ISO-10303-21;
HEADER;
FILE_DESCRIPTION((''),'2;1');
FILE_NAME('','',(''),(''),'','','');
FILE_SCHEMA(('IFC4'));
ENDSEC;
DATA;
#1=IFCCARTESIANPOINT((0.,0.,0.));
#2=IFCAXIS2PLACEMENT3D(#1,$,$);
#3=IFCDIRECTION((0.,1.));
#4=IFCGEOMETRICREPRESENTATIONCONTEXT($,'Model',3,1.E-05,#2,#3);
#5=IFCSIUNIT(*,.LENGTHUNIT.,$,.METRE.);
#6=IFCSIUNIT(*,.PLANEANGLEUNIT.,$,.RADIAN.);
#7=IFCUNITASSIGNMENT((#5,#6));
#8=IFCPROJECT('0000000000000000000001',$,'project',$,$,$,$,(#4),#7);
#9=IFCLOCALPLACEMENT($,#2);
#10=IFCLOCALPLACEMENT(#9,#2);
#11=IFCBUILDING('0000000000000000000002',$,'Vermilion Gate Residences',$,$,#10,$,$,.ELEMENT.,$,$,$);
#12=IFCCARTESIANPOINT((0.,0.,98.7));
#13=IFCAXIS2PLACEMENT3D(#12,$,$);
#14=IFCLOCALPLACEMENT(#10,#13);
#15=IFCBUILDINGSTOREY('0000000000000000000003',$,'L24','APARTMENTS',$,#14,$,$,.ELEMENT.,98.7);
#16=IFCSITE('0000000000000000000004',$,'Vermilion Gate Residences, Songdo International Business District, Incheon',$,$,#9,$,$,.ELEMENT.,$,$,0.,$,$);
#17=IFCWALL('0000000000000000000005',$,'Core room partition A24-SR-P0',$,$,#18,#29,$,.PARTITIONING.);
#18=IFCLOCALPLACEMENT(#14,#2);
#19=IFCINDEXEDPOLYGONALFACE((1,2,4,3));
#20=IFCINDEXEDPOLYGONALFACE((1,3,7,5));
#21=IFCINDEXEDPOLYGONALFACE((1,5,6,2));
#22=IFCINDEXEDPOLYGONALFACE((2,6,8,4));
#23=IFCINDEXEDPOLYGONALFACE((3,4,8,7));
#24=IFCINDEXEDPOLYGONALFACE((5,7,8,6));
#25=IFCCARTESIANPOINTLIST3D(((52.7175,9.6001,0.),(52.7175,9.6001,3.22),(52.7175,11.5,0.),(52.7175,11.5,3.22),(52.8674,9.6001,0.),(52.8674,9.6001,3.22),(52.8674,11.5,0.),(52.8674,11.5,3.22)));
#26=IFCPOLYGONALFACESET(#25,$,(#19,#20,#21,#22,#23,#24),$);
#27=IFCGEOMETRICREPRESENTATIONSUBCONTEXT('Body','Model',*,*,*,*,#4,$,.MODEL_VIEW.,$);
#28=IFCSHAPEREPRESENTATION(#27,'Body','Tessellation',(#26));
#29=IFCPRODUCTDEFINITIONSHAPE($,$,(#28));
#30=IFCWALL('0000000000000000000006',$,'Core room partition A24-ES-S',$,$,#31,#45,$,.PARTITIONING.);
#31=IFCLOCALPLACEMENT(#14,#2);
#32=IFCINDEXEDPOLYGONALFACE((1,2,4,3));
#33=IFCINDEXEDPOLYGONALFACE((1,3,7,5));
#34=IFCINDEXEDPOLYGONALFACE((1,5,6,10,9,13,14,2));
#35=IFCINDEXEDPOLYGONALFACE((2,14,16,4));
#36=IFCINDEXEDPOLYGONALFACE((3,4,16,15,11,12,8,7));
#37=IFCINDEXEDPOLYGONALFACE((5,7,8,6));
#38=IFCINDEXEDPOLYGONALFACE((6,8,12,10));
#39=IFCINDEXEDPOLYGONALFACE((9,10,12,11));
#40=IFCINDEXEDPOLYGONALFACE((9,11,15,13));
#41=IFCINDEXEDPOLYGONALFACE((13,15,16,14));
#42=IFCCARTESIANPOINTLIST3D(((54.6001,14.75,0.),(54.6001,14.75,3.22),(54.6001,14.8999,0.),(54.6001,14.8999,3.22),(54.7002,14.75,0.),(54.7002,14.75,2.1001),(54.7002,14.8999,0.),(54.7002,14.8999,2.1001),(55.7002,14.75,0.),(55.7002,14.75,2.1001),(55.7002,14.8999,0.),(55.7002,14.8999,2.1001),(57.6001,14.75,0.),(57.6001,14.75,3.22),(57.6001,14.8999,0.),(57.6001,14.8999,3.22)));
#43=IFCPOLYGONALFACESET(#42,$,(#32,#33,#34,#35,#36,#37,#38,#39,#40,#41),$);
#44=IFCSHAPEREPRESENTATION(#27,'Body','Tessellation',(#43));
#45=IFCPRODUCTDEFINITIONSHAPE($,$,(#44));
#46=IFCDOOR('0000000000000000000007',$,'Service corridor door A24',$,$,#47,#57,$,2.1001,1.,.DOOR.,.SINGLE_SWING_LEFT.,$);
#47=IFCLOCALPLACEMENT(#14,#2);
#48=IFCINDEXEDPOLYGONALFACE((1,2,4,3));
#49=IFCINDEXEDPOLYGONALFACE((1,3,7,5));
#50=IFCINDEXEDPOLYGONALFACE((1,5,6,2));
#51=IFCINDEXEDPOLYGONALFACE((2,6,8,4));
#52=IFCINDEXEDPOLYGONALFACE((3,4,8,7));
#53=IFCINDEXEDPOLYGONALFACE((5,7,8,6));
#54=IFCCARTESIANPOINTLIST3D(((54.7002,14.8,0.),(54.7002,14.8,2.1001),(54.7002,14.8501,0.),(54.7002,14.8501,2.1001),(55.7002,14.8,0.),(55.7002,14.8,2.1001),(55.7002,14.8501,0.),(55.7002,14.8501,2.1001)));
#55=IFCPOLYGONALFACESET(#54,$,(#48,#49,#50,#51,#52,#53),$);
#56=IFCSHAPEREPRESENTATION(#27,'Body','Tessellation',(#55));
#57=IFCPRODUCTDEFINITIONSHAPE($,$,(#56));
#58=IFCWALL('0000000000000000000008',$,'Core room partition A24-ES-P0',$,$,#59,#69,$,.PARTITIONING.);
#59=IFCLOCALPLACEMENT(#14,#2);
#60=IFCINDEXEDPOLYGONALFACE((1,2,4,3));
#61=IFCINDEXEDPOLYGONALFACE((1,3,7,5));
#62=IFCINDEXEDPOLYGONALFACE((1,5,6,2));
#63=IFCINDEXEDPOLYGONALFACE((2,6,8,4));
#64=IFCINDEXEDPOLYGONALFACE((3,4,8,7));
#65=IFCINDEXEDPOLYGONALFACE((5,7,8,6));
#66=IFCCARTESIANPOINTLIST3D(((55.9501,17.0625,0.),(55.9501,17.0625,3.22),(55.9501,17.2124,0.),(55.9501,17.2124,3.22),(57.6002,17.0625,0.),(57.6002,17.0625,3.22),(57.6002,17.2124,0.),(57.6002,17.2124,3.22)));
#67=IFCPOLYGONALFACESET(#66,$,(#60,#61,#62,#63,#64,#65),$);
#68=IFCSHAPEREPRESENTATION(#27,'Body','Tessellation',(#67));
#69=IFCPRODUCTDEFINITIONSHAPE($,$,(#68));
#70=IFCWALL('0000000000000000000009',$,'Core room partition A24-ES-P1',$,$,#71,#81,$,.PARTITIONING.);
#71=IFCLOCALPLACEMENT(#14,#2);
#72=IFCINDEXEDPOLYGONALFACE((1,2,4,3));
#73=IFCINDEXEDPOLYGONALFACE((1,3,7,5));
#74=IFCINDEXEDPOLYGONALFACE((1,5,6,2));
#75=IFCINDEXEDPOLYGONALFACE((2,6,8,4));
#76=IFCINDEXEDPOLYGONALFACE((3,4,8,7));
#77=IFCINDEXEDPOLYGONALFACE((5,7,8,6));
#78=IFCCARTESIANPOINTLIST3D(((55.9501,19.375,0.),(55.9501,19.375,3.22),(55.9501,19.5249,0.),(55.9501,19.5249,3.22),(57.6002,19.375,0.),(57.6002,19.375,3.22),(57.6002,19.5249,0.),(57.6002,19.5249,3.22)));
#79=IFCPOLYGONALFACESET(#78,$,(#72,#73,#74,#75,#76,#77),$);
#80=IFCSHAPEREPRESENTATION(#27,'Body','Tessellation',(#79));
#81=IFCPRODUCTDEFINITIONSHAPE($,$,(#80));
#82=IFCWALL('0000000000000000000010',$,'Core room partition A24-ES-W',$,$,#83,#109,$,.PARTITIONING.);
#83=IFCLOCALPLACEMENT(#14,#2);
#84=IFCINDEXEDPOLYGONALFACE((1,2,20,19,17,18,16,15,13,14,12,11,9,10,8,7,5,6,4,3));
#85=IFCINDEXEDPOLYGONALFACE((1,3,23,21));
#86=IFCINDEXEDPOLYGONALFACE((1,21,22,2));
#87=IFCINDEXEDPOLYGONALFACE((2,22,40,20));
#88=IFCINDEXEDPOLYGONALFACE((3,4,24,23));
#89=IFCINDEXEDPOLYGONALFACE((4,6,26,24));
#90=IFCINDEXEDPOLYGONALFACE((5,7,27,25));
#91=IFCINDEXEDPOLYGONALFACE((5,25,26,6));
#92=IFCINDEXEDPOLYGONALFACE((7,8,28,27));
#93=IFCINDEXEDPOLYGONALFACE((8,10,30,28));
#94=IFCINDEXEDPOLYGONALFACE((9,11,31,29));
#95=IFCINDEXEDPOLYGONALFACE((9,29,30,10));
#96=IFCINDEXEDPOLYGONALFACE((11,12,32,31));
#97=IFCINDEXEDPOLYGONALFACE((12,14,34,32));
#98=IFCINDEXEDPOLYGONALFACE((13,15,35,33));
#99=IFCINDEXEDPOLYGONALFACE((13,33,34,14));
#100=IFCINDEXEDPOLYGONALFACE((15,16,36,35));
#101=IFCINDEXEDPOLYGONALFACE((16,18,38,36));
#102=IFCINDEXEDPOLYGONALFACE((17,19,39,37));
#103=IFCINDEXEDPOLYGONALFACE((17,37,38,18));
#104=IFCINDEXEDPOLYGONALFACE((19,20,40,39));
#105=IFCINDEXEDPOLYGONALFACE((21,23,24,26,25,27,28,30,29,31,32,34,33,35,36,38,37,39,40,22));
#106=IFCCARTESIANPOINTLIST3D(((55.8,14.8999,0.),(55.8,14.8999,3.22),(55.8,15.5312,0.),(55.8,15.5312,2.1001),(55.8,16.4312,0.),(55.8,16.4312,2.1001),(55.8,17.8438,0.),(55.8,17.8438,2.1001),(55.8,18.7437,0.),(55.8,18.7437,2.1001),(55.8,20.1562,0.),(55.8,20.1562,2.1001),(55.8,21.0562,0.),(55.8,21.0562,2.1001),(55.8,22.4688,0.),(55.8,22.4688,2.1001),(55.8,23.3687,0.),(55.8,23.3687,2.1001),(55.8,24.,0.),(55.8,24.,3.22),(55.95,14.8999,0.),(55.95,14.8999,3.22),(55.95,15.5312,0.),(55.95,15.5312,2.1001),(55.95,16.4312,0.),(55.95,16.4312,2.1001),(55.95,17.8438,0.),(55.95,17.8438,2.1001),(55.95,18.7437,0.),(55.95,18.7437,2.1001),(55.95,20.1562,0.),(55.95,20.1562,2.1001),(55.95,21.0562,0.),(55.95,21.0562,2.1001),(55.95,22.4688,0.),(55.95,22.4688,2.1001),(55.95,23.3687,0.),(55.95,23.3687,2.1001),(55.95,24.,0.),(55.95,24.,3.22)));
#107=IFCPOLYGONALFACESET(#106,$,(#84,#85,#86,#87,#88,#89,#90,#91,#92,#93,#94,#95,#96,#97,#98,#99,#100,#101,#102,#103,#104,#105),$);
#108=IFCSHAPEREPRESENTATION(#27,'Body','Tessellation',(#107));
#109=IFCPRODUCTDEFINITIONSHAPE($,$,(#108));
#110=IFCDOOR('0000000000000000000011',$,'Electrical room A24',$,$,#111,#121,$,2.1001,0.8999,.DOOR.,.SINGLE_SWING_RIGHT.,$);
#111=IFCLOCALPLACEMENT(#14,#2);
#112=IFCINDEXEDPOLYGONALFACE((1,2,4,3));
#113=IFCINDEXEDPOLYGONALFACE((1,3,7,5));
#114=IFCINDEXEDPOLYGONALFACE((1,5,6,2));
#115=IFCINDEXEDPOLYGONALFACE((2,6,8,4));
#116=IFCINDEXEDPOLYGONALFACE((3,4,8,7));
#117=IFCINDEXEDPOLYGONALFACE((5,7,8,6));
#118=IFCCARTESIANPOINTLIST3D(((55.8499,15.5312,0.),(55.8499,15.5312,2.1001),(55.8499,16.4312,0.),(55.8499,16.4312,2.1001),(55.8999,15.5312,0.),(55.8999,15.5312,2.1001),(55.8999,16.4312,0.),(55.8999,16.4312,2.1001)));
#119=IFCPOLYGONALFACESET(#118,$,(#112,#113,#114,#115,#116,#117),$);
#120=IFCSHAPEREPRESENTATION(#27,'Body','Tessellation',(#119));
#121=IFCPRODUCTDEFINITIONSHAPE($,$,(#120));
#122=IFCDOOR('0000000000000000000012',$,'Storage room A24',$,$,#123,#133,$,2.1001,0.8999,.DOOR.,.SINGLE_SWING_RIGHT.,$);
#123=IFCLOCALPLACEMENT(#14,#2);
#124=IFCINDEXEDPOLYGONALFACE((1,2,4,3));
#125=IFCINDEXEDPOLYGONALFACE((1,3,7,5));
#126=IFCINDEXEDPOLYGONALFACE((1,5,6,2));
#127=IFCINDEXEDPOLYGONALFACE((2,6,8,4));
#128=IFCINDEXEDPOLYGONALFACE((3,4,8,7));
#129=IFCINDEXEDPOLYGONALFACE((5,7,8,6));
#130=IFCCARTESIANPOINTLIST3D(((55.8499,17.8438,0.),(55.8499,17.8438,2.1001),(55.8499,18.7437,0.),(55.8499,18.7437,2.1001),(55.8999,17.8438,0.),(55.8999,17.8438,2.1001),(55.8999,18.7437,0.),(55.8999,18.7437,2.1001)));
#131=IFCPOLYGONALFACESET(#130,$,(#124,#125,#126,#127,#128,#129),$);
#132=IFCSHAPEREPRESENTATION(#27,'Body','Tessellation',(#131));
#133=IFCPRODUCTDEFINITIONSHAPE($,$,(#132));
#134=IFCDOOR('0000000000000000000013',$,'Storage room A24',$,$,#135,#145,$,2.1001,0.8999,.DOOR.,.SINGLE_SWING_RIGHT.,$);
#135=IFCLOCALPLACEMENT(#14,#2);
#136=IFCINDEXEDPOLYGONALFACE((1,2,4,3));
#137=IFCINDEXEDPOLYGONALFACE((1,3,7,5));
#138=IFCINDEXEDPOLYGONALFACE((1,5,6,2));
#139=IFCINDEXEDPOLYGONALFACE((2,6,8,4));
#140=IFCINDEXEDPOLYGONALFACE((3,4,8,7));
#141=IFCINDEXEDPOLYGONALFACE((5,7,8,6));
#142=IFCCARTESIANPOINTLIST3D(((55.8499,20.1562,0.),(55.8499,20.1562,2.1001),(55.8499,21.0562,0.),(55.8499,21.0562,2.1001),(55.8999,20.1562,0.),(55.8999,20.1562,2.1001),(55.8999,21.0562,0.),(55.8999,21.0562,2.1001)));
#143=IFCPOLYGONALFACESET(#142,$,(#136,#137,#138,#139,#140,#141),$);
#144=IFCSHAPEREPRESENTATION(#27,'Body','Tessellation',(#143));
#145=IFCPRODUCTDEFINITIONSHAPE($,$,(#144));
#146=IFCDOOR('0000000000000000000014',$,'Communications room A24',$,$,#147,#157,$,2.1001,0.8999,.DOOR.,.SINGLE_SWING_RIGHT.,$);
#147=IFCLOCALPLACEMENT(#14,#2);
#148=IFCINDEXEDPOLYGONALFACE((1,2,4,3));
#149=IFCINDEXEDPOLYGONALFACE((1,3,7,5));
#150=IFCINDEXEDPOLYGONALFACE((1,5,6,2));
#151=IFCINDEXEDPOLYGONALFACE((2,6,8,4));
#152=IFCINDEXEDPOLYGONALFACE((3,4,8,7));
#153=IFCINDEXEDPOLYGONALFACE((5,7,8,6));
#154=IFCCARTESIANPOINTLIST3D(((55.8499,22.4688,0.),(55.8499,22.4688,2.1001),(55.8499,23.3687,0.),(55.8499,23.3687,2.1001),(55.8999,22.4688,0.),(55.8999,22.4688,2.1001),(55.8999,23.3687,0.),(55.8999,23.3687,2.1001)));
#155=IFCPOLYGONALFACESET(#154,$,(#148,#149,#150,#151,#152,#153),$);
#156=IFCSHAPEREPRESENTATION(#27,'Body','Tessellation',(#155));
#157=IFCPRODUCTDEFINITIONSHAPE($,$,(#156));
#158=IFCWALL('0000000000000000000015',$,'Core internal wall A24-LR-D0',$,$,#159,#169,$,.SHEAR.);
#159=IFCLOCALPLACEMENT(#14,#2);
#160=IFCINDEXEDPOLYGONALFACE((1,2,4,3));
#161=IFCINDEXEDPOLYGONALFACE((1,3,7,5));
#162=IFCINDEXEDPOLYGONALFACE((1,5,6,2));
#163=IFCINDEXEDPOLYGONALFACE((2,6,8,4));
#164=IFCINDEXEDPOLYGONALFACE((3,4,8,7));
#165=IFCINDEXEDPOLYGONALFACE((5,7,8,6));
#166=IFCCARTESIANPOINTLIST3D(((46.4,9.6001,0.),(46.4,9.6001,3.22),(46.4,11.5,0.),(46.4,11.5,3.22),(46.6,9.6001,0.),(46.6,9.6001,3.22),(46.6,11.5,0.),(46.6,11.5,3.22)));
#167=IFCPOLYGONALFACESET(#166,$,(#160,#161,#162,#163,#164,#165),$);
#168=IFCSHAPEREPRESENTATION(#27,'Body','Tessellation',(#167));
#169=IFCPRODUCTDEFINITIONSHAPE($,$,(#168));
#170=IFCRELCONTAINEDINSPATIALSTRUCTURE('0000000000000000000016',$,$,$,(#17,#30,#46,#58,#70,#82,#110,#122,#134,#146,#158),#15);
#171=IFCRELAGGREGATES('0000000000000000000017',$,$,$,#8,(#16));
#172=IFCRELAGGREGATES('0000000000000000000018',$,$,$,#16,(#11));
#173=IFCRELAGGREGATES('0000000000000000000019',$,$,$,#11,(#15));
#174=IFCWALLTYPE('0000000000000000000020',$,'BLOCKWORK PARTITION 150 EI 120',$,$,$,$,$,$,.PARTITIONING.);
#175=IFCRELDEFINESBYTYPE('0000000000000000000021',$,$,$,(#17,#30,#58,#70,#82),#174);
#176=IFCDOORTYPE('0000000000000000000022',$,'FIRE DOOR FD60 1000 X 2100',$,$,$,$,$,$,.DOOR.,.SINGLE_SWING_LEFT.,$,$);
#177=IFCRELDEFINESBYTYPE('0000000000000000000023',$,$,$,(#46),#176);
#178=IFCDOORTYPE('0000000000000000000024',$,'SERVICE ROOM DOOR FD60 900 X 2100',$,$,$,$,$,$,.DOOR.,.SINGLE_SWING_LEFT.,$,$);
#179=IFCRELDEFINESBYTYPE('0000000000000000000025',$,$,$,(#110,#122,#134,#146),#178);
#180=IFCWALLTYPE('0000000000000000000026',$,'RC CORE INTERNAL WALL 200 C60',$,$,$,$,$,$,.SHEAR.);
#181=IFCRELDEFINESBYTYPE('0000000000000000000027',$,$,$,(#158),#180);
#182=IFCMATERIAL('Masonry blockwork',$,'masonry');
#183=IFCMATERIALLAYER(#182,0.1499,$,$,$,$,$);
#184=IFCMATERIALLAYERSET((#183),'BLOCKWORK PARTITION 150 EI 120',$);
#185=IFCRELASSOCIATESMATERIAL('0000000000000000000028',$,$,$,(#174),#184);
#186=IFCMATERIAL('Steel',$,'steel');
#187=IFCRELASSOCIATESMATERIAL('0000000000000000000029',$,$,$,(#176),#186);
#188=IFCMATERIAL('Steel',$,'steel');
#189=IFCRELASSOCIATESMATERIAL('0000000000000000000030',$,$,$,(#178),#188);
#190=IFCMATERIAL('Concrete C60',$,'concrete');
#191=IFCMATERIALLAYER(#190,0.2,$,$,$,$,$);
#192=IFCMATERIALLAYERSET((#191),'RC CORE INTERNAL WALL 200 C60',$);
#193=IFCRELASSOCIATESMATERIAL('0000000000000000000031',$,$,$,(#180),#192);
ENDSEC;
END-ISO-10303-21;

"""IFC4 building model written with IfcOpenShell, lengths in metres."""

from ifc_helpers import new_model, si_unit, direction, frame, frame_2d, origin, place, context, subcontext, project, spatial, rectangle, extrude, material, layer, layer_set, type_object, element, fill, save


model = new_model("IFC4")

# Units and contexts
model_context = context("Model", 3, precision=1e-05, world=origin(), true_north=direction((0.0, 1.0)))
body_context = subcontext(model_context, "Body", "Model", "MODEL_VIEW")
ifc_project = project(units=[si_unit("LENGTHUNIT", "METRE"), si_unit("PLANEANGLEUNIT", "RADIAN")], contexts=[model_context])

# Site, building, storey
site_placement = place(None, origin())
site = spatial("IfcSite", under=ifc_project, at=site_placement, Name="Vermilion Gate Residences, Songdo International Business District, Incheon", CompositionType="ELEMENT", RefElevation=0.0)
building_placement = place(site_placement, origin())
building = spatial("IfcBuilding", under=site, at=building_placement, Name="Vermilion Gate Residences", CompositionType="ELEMENT")
storey_placement = place(building_placement, frame((0.0, 0.0, 98.7)))
storey = spatial("IfcBuildingStorey", under=building, at=storey_placement, Name="L24", Description="APARTMENTS", CompositionType="ELEMENT", Elevation=98.7)

# Wall
ifc_material_1 = material(Name="Masonry blockwork", Category="masonry")
ifc_layer_1 = layer(ifc_material_1, 0.1499)
ifc_layer_set_1 = layer_set([ifc_layer_1], Name="BLOCKWORK PARTITION 150 EI 120")
wall_type_1 = type_object("IfcWallType", Name="BLOCKWORK PARTITION 150 EI 120", PredefinedType="PARTITIONING", material=ifc_layer_set_1)
wall_1_placement = place(storey_placement, frame((52.7925, 9.6001, 0.0), z_axis=(0.0, 0.0, 1.0), x_axis=(0.0, 1.0, 0.0)))
element("IfcWall", 1, at=wall_1_placement, inside=storey, type_object=wall_type_1, Name="Core room partition A24-SR-P0", PredefinedType="PARTITIONING", context=body_context, shape_type="SweptSolid", body=[
    extrude(rectangle(XDim=1.8999, YDim=0.1499, at=frame_2d((0.95, 0.0))), origin(), (0.0, 0.0, 1.0), 3.22),
])

# Wall, opening, door
wall_2_placement = place(storey_placement, frame((54.6001, 14.825, 0.0), z_axis=(0.0, 0.0, 1.0), x_axis=(1.0, 0.0, 0.0)))
wall_2 = element("IfcWall", 2, at=wall_2_placement, inside=storey, type_object=wall_type_1, Name="Core room partition A24-ES-S", PredefinedType="PARTITIONING", context=body_context, shape_type="SweptSolid", body=[
    extrude(rectangle(XDim=3.0, YDim=0.1499, at=frame_2d((1.5, 0.0))), origin(), (0.0, 0.0, 1.0), 3.22),
])
opening_1_placement = place(wall_2_placement, frame((0.1001, 0.0, 0.0)))
opening_1 = element("IfcOpeningElement", 3, at=opening_1_placement, cuts=wall_2, PredefinedType="OPENING", context=body_context, shape_type="SweptSolid", body=[
    extrude(rectangle(XDim=1.0, YDim=2.1001, at=frame_2d((0.5, 1.05))), frame((0.0, 0.085, 0.0), z_axis=(0.0, -1.0, 0.0), x_axis=(1.0, 0.0, 0.0)), (0.0, 0.0, 1.0), 0.1699),
])
ifc_material_2 = material(Name="Steel", Category="steel")
door_type_1 = type_object("IfcDoorType", Name="FIRE DOOR FD60 1000 X 2100", OperationType="SINGLE_SWING_LEFT", PredefinedType="DOOR", material=ifc_material_2)
door_1_placement = place(opening_1_placement, frame((1.0, 0.0, 0.0), z_axis=(0.0, 0.0, 1.0), x_axis=(-1.0, 0.0, 0.0)))
door_1 = element("IfcDoor", 4, at=door_1_placement, inside=storey, type_object=door_type_1, Name="Service corridor door A24", OperationType="SINGLE_SWING_LEFT", OverallHeight=2.1001, OverallWidth=1.0, PredefinedType="DOOR", context=body_context, shape_type="SweptSolid", body=[
    extrude(rectangle(XDim=1.0, YDim=2.1001, at=frame_2d((0.5, 1.05))), frame((0.0, 0.0249, 0.0), z_axis=(0.0, -1.0, 0.0), x_axis=(1.0, 0.0, 0.0)), (0.0, 0.0, 1.0), 0.05),
])
fill(opening_1, door_1)

# Walls
for number, where, z_axis, x_axis, name in (
    (5, (55.95, 17.1375, 0.0), (0.0, 0.0, 1.0), (1.0, 0.0, 0.0), "Core room partition A24-ES-P0"),
    (6, (55.95, 19.45, 0.0), (0.0, 0.0, 1.0), (1.0, 0.0, 0.0), "Core room partition A24-ES-P1"),
):
    element("IfcWall", number, at=place(storey_placement, frame(where, z_axis=z_axis, x_axis=x_axis)), inside=storey, type_object=wall_type_1, Name=name, PredefinedType="PARTITIONING", context=body_context, shape_type="SweptSolid", body=[
        extrude(rectangle(XDim=1.6501, YDim=0.1499, at=frame_2d((0.8252, 0.0))), origin(), (0.0, 0.0, 1.0), 3.22),
    ])

# Wall, openings, doors
wall_3_placement = place(storey_placement, frame((55.875, 14.8999, 0.0), z_axis=(0.0, 0.0, 1.0), x_axis=(0.0, 1.0, 0.0)))
wall_3 = element("IfcWall", 7, at=wall_3_placement, inside=storey, type_object=wall_type_1, Name="Core room partition A24-ES-W", PredefinedType="PARTITIONING", context=body_context, shape_type="SweptSolid", body=[
    extrude(rectangle(XDim=9.1001, YDim=0.1499, at=frame_2d((4.55, 0.0))), origin(), (0.0, 0.0, 1.0), 3.22),
])
opening_2_placement = place(wall_3_placement, frame((0.6313, 0.0, 0.0)))
opening_2 = element("IfcOpeningElement", 8, at=opening_2_placement, cuts=wall_3, PredefinedType="OPENING", context=body_context, shape_type="SweptSolid", body=[
    extrude(rectangle(XDim=0.8999, YDim=2.1001, at=frame_2d((0.45, 1.05))), frame((0.0, 0.085, 0.0), z_axis=(0.0, -1.0, 0.0), x_axis=(1.0, 0.0, 0.0)), (0.0, 0.0, 1.0), 0.1699),
])
opening_3_placement = place(wall_3_placement, frame((2.9438, 0.0, 0.0)))
opening_3 = element("IfcOpeningElement", 9, at=opening_3_placement, cuts=wall_3, PredefinedType="OPENING", context=body_context, shape_type="SweptSolid", body=[
    extrude(rectangle(XDim=0.8999, YDim=2.1001, at=frame_2d((0.45, 1.05))), frame((0.0, 0.085, 0.0), z_axis=(0.0, -1.0, 0.0), x_axis=(1.0, 0.0, 0.0)), (0.0, 0.0, 1.0), 0.1699),
])
opening_4_placement = place(wall_3_placement, frame((5.2563, 0.0, 0.0)))
opening_4 = element("IfcOpeningElement", 10, at=opening_4_placement, cuts=wall_3, PredefinedType="OPENING", context=body_context, shape_type="SweptSolid", body=[
    extrude(rectangle(XDim=0.8999, YDim=2.1001, at=frame_2d((0.45, 1.05))), frame((0.0, 0.085, 0.0), z_axis=(0.0, -1.0, 0.0), x_axis=(1.0, 0.0, 0.0)), (0.0, 0.0, 1.0), 0.1699),
])
opening_5_placement = place(wall_3_placement, frame((7.5688, 0.0, 0.0)))
opening_5 = element("IfcOpeningElement", 11, at=opening_5_placement, cuts=wall_3, PredefinedType="OPENING", context=body_context, shape_type="SweptSolid", body=[
    extrude(rectangle(XDim=0.8999, YDim=2.1001, at=frame_2d((0.45, 1.05))), frame((0.0, 0.085, 0.0), z_axis=(0.0, -1.0, 0.0), x_axis=(1.0, 0.0, 0.0)), (0.0, 0.0, 1.0), 0.1699),
])
ifc_material_3 = material(Name="Steel", Category="steel")
door_type_2 = type_object("IfcDoorType", Name="SERVICE ROOM DOOR FD60 900 X 2100", OperationType="SINGLE_SWING_LEFT", PredefinedType="DOOR", material=ifc_material_3)
door_2_placement = place(opening_2_placement, frame((0.8999, 0.0, 0.0), z_axis=(0.0, 0.0, 1.0), x_axis=(-1.0, 0.0, 0.0)))
door_2 = element("IfcDoor", 12, at=door_2_placement, inside=storey, type_object=door_type_2, Name="Electrical room A24", OperationType="SINGLE_SWING_RIGHT", OverallHeight=2.1001, OverallWidth=0.8999, PredefinedType="DOOR", context=body_context, shape_type="SweptSolid", body=[
    extrude(rectangle(XDim=0.8999, YDim=2.1001, at=frame_2d((0.45, 1.05))), frame((0.0, 0.0249, 0.0), z_axis=(0.0, -1.0, 0.0), x_axis=(1.0, 0.0, 0.0)), (0.0, 0.0, 1.0), 0.05),
])
fill(opening_2, door_2)
door_3_placement = place(opening_3_placement, frame((0.8999, 0.0, 0.0), z_axis=(0.0, 0.0, 1.0), x_axis=(-1.0, 0.0, 0.0)))
door_3 = element("IfcDoor", 13, at=door_3_placement, inside=storey, type_object=door_type_2, Name="Storage room A24", OperationType="SINGLE_SWING_RIGHT", OverallHeight=2.1001, OverallWidth=0.8999, PredefinedType="DOOR", context=body_context, shape_type="SweptSolid", body=[
    extrude(rectangle(XDim=0.8999, YDim=2.1001, at=frame_2d((0.45, 1.05))), frame((0.0, 0.0249, 0.0), z_axis=(0.0, -1.0, 0.0), x_axis=(1.0, 0.0, 0.0)), (0.0, 0.0, 1.0), 0.05),
])
fill(opening_3, door_3)
door_4_placement = place(opening_4_placement, frame((0.8999, 0.0, 0.0), z_axis=(0.0, 0.0, 1.0), x_axis=(-1.0, 0.0, 0.0)))
door_4 = element("IfcDoor", 14, at=door_4_placement, inside=storey, type_object=door_type_2, Name="Storage room A24", OperationType="SINGLE_SWING_RIGHT", OverallHeight=2.1001, OverallWidth=0.8999, PredefinedType="DOOR", context=body_context, shape_type="SweptSolid", body=[
    extrude(rectangle(XDim=0.8999, YDim=2.1001, at=frame_2d((0.45, 1.05))), frame((0.0, 0.0249, 0.0), z_axis=(0.0, -1.0, 0.0), x_axis=(1.0, 0.0, 0.0)), (0.0, 0.0, 1.0), 0.05),
])
fill(opening_4, door_4)
door_5_placement = place(opening_5_placement, frame((0.8999, 0.0, 0.0), z_axis=(0.0, 0.0, 1.0), x_axis=(-1.0, 0.0, 0.0)))
door_5 = element("IfcDoor", 15, at=door_5_placement, inside=storey, type_object=door_type_2, Name="Communications room A24", OperationType="SINGLE_SWING_RIGHT", OverallHeight=2.1001, OverallWidth=0.8999, PredefinedType="DOOR", context=body_context, shape_type="SweptSolid", body=[
    extrude(rectangle(XDim=0.8999, YDim=2.1001, at=frame_2d((0.45, 1.05))), frame((0.0, 0.0249, 0.0), z_axis=(0.0, -1.0, 0.0), x_axis=(1.0, 0.0, 0.0)), (0.0, 0.0, 1.0), 0.05),
])
fill(opening_5, door_5)

# Wall
ifc_material_4 = material(Name="Concrete C60", Category="concrete")
ifc_layer_2 = layer(ifc_material_4, 0.2)
ifc_layer_set_2 = layer_set([ifc_layer_2], Name="RC CORE INTERNAL WALL 200 C60")
wall_type_2 = type_object("IfcWallType", Name="RC CORE INTERNAL WALL 200 C60", PredefinedType="SHEAR", material=ifc_layer_set_2)
for number, where, z_axis, x_axis, name in (
    (16, (46.5, 9.6001, 0.0), (0.0, 0.0, 1.0), (0.0, 1.0, 0.0), "Core internal wall A24-LR-D0"),
):
    element("IfcWall", number, at=place(storey_placement, frame(where, z_axis=z_axis, x_axis=x_axis)), inside=storey, type_object=wall_type_2, Name=name, PredefinedType="SHEAR", context=body_context, shape_type="SweptSolid", body=[
        extrude(rectangle(XDim=1.8999, YDim=0.2, at=frame_2d((0.95, 0.0))), origin(), (0.0, 0.0, 1.0), 3.22),
    ])

save(model, "model.ifc")
